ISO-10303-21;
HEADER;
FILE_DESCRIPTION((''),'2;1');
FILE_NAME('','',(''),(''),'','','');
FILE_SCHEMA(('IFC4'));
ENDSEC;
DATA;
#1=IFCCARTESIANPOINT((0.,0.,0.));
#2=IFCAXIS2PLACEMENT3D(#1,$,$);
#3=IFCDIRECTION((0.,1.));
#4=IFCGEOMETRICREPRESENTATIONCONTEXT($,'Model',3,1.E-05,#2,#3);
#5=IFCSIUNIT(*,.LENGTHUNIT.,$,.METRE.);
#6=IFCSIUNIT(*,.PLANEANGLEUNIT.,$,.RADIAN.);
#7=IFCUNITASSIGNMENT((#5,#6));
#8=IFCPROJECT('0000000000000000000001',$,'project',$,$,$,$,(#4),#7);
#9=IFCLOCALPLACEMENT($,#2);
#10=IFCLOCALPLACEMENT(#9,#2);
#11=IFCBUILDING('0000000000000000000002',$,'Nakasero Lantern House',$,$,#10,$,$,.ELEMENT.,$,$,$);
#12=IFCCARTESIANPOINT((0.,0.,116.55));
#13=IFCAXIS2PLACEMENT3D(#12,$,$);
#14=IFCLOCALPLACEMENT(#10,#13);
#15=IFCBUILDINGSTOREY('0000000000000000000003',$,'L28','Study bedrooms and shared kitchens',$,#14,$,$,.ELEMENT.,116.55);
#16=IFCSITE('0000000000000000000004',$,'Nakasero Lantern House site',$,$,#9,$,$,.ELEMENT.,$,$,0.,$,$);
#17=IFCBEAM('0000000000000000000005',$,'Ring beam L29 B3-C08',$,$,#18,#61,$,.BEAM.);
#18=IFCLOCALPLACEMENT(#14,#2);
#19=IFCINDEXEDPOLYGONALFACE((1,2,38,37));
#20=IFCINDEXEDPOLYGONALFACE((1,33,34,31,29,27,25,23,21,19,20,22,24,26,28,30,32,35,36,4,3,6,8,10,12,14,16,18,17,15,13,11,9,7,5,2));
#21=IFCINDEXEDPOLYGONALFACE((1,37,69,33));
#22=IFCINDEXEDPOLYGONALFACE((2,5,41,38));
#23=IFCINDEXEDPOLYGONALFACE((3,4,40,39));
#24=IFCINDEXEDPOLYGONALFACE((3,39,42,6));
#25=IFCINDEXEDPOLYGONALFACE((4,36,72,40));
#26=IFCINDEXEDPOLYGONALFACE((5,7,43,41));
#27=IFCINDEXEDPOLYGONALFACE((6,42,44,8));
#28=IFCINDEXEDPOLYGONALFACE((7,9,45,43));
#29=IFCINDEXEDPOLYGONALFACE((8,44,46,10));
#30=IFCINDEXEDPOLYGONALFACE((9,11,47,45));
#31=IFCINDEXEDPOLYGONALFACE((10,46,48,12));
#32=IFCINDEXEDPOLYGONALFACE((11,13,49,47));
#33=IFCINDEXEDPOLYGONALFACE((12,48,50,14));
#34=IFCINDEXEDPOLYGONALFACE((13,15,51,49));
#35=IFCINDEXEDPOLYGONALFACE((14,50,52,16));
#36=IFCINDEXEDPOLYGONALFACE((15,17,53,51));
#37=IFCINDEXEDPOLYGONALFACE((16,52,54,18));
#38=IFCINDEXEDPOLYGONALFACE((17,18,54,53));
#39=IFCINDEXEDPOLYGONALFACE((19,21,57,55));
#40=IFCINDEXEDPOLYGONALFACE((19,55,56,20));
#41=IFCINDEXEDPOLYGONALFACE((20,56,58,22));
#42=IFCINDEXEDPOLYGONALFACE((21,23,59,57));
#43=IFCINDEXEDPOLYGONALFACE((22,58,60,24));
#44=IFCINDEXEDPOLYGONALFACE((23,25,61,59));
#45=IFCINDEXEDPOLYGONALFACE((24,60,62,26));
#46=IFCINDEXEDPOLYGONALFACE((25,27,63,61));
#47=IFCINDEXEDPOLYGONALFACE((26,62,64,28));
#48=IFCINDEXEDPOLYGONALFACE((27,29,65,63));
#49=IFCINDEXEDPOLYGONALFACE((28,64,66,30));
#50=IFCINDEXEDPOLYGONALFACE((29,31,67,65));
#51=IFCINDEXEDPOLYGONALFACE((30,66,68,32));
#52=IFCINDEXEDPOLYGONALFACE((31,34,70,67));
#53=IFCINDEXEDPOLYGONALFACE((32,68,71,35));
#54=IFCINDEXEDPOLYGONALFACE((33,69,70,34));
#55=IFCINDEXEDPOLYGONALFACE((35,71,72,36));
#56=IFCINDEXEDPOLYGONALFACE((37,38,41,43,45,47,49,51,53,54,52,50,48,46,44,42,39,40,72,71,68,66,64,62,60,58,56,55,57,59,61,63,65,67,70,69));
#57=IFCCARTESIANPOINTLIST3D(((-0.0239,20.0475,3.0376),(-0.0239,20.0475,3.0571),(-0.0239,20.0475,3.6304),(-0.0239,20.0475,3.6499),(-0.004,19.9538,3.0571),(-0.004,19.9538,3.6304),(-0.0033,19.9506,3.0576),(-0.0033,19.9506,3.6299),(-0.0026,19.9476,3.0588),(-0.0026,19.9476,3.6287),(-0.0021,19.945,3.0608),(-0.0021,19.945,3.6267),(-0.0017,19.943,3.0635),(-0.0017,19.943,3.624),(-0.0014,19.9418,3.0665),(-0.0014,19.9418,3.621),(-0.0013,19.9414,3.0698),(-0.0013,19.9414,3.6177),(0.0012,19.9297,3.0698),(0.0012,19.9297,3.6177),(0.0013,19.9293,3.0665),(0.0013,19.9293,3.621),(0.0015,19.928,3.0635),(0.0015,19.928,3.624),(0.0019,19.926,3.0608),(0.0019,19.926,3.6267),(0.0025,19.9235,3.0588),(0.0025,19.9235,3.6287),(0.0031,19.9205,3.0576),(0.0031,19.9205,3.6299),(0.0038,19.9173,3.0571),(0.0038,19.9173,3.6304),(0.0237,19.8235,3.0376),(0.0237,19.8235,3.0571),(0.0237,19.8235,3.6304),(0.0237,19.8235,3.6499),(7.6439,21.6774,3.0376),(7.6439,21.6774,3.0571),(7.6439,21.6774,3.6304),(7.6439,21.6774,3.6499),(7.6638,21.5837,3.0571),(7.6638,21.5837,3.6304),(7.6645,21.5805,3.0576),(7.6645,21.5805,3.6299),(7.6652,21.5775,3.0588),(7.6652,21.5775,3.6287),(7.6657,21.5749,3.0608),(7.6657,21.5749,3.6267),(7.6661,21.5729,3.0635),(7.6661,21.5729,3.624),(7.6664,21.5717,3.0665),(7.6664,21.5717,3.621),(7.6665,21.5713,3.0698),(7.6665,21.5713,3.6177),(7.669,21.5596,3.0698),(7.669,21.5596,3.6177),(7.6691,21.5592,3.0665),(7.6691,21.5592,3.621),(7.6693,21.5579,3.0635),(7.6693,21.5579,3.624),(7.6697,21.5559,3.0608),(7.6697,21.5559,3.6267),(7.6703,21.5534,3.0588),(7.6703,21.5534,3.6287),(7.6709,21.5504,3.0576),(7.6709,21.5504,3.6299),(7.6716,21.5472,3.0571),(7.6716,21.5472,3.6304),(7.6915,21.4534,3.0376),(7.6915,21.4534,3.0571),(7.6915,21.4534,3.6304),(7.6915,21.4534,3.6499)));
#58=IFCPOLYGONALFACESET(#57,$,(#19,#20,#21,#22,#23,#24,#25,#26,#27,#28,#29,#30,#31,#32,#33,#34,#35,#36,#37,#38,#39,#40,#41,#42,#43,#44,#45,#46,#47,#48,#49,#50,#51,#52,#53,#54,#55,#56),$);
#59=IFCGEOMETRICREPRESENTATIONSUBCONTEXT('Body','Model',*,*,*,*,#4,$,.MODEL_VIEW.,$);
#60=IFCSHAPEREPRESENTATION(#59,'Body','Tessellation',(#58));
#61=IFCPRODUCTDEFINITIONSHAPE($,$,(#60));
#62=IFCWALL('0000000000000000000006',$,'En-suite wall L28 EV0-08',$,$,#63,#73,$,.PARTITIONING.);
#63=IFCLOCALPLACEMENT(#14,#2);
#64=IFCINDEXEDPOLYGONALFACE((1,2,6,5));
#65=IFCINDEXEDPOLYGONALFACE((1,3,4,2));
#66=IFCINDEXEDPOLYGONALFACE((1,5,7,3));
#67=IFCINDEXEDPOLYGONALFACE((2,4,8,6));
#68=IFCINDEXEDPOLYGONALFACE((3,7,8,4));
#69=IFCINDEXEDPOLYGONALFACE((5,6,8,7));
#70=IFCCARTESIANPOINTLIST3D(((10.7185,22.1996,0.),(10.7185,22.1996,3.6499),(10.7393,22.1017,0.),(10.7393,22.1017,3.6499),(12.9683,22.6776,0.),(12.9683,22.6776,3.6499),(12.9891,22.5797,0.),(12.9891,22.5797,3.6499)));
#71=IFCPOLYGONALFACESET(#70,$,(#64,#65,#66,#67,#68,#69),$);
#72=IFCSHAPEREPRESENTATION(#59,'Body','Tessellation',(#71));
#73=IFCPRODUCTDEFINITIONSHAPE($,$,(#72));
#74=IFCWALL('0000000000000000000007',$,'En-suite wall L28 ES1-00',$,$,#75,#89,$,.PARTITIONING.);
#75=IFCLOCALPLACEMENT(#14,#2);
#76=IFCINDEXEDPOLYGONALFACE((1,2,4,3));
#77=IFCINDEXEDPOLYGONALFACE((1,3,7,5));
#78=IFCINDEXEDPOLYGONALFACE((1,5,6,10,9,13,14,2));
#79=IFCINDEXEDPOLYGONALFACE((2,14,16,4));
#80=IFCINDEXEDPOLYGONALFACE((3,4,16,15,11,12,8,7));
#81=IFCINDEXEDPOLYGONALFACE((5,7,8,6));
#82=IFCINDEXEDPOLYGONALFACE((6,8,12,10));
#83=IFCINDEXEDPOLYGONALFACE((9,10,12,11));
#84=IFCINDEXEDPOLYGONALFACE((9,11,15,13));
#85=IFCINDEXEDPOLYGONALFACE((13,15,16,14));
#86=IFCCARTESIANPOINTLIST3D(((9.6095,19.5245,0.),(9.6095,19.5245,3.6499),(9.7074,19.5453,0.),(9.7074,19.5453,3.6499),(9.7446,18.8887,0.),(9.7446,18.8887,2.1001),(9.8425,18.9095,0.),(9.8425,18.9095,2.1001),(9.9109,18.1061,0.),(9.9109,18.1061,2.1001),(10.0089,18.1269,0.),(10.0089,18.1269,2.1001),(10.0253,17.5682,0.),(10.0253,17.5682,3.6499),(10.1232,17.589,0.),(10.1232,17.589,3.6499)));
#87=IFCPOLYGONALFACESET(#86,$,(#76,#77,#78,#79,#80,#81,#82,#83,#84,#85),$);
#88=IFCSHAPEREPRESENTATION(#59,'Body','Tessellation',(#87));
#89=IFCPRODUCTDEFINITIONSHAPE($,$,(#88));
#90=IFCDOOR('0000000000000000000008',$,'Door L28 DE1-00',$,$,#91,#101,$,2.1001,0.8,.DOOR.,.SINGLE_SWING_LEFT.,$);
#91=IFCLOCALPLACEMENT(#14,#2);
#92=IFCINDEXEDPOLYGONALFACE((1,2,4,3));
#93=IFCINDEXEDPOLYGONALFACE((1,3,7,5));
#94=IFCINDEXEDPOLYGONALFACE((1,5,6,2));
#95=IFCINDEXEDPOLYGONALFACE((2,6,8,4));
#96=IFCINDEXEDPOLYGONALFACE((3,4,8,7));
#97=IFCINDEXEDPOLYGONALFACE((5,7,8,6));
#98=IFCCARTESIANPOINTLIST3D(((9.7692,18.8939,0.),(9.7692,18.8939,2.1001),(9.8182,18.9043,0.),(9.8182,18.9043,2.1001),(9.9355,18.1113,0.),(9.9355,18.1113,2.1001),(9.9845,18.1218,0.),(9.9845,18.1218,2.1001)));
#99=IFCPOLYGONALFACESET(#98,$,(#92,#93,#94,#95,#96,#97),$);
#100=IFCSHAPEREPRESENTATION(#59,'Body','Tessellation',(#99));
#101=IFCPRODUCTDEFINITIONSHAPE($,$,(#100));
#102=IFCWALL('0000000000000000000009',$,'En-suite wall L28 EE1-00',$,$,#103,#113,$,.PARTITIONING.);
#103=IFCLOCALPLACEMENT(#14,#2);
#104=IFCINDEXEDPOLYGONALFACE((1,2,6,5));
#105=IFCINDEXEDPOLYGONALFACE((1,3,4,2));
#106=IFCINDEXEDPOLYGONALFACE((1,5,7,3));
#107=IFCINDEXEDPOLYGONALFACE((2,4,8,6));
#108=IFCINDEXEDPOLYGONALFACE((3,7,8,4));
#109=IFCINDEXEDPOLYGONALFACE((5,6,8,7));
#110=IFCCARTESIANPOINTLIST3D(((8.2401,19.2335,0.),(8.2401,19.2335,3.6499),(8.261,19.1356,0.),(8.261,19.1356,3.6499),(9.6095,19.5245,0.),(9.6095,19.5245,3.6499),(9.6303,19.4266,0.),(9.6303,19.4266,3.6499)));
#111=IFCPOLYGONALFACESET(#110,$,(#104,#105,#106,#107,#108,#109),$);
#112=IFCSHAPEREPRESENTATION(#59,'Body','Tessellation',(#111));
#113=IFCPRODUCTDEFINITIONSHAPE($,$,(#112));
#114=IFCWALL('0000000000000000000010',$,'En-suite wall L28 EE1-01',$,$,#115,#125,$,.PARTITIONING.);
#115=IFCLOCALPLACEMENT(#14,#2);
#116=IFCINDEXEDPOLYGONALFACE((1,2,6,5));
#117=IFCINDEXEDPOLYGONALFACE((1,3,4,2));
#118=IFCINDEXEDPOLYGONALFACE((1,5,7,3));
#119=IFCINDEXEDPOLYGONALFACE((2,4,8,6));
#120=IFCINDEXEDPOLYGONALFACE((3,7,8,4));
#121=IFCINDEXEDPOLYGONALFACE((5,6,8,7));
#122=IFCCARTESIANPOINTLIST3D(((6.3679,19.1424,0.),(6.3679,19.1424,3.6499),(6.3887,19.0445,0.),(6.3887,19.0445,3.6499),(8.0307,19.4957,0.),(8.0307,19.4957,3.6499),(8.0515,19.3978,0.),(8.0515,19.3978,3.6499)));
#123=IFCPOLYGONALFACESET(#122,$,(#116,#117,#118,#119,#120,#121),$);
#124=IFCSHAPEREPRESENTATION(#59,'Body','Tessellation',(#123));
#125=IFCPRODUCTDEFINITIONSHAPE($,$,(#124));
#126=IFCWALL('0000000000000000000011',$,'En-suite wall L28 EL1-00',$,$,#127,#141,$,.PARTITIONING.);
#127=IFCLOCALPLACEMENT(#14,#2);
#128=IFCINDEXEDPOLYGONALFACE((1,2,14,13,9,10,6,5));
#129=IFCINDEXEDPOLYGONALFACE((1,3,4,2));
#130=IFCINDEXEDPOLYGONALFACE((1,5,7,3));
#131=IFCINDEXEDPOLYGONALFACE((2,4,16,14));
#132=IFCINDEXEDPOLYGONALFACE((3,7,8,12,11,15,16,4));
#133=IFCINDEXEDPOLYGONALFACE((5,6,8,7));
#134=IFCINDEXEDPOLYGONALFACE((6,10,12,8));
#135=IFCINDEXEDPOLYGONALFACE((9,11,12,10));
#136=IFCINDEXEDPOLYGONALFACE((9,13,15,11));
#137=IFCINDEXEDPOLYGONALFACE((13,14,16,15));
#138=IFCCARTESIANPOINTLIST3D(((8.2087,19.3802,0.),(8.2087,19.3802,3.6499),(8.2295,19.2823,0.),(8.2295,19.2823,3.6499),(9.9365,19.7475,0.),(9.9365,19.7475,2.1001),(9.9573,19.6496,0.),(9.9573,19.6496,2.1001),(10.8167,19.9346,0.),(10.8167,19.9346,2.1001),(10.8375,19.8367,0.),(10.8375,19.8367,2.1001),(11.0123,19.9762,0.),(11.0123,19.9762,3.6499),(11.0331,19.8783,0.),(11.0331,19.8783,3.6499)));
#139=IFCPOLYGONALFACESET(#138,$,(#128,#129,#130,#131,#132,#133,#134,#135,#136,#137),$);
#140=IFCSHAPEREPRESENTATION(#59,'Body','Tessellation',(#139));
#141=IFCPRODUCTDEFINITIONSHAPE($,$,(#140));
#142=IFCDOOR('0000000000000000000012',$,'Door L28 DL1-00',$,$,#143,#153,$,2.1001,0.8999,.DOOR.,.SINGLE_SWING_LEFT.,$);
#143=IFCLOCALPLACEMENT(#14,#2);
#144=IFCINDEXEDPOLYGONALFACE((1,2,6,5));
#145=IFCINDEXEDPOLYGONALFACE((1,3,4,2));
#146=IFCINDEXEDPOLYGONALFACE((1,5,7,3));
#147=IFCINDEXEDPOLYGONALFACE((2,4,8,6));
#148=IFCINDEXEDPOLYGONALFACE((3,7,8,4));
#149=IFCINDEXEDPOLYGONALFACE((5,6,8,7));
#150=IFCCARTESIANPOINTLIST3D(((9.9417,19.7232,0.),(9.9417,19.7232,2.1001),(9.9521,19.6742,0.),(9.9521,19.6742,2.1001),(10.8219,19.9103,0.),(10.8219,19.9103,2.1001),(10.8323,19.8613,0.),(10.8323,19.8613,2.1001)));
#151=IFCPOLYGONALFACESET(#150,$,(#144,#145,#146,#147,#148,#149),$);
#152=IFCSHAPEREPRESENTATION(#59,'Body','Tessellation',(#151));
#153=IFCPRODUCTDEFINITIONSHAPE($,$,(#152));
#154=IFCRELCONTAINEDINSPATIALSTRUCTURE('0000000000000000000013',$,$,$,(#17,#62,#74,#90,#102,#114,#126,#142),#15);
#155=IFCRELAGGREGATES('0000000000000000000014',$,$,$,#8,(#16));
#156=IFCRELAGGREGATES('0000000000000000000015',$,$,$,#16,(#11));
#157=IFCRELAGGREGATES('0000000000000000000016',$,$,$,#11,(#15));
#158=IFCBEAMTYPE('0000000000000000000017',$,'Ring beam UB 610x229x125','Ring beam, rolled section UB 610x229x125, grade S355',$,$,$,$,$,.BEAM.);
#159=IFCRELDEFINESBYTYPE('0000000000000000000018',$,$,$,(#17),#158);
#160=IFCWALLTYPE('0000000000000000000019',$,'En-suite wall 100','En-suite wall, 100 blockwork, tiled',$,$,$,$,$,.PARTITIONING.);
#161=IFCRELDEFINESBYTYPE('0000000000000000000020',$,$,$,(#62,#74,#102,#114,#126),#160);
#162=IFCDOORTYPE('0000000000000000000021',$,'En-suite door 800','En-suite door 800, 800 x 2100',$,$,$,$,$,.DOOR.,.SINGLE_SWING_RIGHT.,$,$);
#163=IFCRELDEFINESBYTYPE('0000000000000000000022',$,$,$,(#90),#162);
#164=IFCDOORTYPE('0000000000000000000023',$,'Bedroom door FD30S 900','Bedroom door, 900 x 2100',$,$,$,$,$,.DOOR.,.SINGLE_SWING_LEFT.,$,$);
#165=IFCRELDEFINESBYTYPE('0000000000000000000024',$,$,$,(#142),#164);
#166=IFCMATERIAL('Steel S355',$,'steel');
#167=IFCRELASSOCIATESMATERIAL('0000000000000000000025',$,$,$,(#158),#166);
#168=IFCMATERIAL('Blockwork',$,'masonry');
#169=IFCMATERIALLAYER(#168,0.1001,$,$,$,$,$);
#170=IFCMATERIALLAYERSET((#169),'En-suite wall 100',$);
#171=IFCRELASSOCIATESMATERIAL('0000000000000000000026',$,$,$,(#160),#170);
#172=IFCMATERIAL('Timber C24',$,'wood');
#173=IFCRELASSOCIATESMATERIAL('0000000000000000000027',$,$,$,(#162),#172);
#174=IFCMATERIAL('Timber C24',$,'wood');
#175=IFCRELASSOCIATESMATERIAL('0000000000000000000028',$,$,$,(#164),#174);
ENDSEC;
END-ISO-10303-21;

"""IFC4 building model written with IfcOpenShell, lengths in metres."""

from ifc_helpers import new_model, si_unit, direction, frame, frame_2d, origin, origin_2d, place, context, subcontext, project, spatial, rectangle, i_section, extrude, material, layer, layer_set, material_profile, profile_set, type_object, element, fill, save


model = new_model("IFC4")

# Units and contexts
model_context = context("Model", 3, precision=1e-05, world=origin(), true_north=direction((0.0, 1.0)))
body_context = subcontext(model_context, "Body", "Model", "MODEL_VIEW")
ifc_project = project(units=[si_unit("LENGTHUNIT", "METRE"), si_unit("PLANEANGLEUNIT", "RADIAN")], contexts=[model_context])

# Site, building, storey
site_placement = place(None, origin())
site = spatial("IfcSite", under=ifc_project, at=site_placement, Name="Nakasero Lantern House site", CompositionType="ELEMENT", RefElevation=0.0)
building_placement = place(site_placement, origin())
building = spatial("IfcBuilding", under=site, at=building_placement, Name="Nakasero Lantern House", CompositionType="ELEMENT")
storey_placement = place(building_placement, frame((0.0, 0.0, 116.55)))
storey = spatial("IfcBuildingStorey", under=building, at=storey_placement, Name="L28", Description="Study bedrooms and shared kitchens", CompositionType="ELEMENT", Elevation=116.55)

# Beam
ifc_material_1 = material(Name="Steel S355", Category="steel")
ifc_material_profile_1 = material_profile(ifc_material_1, i_section(OverallWidth=0.229, OverallDepth=0.6123, WebThickness=0.012, FlangeThickness=0.0195, FilletRadius=0.0127, at=origin_2d()), Name="UB 610x229x125")
ifc_profile_set_1 = profile_set([ifc_material_profile_1], Name="Steel S355")
beam_type_1 = type_object("IfcBeamType", Name="Ring beam UB 610x229x125", Description="Ring beam, rolled section UB 610x229x125, grade S355", PredefinedType="BEAM", material=ifc_profile_set_1)
beam_1_placement = place(storey_placement, frame((7.6677, 21.5654, 3.3438), z_axis=(-0.978146, -0.207919, 0.0), x_axis=(0.207919, -0.978146, 0.0)))
element("IfcBeam", 1, at=beam_1_placement, inside=storey, type_object=beam_type_1, Name="Ring beam L29 B3-C08", PredefinedType="BEAM", context=body_context, shape_type="SweptSolid", body=[
    extrude(i_section(OverallWidth=0.229, OverallDepth=0.6123, WebThickness=0.012, FlangeThickness=0.0195, FilletRadius=0.0127, at=origin_2d()), origin(), (0.0, 0.0, 1.0), 7.8391),
])

# Wall
ifc_material_2 = material(Name="Blockwork", Category="masonry")
ifc_layer_1 = layer(ifc_material_2, 0.1001)
ifc_layer_set_1 = layer_set([ifc_layer_1], Name="En-suite wall 100")
wall_type_1 = type_object("IfcWallType", Name="En-suite wall 100", Description="En-suite wall, 100 blockwork, tiled", PredefinedType="PARTITIONING", material=ifc_layer_set_1)
wall_1_placement = place(storey_placement, frame((10.729, 22.1506, 0.0), z_axis=(0.0, 0.0, 1.0), x_axis=(0.978163, 0.20784, 0.0)))
element("IfcWall", 2, at=wall_1_placement, inside=storey, type_object=wall_type_1, Name="En-suite wall L28 EV0-08", PredefinedType="PARTITIONING", context=body_context, shape_type="SweptSolid", body=[
    extrude(rectangle(XDim=2.3, YDim=0.1001, at=frame_2d((1.1499, 0.0))), origin(), (0.0, 0.0, 1.0), 3.6499),
])

# Wall, opening, door
wall_2_placement = place(storey_placement, frame((10.0742, 17.5786, 0.0), z_axis=(0.0, 0.0, 1.0), x_axis=(-0.207886, 0.978153, 0.0)))
wall_2 = element("IfcWall", 3, at=wall_2_placement, inside=storey, type_object=wall_type_1, Name="En-suite wall L28 ES1-00", PredefinedType="PARTITIONING", context=body_context, shape_type="SweptSolid", body=[
    extrude(rectangle(XDim=2.0, YDim=0.1001, at=frame_2d((1.0, 0.0))), origin(), (0.0, 0.0, 1.0), 3.6499),
])
opening_1_placement = place(wall_2_placement, frame((0.55, 0.0, 0.0)))
opening_1 = element("IfcOpeningElement", 4, at=opening_1_placement, cuts=wall_2, PredefinedType="OPENING", context=body_context, shape_type="SweptSolid", body=[
    extrude(rectangle(XDim=0.8, YDim=2.1001, at=frame_2d((0.3999, 1.05))), frame((0.0, 0.0701, 0.0), z_axis=(0.0, -1.0, 0.0), x_axis=(1.0, 0.0, 0.0)), (0.0, 0.0, 1.0), 0.1401),
])
ifc_material_3 = material(Name="Timber C24", Category="wood")
door_type_1 = type_object("IfcDoorType", Name="En-suite door 800", Description="En-suite door 800, 800 x 2100", OperationType="SINGLE_SWING_RIGHT", PredefinedType="DOOR", material=ifc_material_3)
door_1_placement = place(opening_1_placement, origin())
door_1 = element("IfcDoor", 5, at=door_1_placement, inside=storey, type_object=door_type_1, Name="Door L28 DE1-00", OperationType="SINGLE_SWING_LEFT", OverallHeight=2.1001, OverallWidth=0.8, PredefinedType="DOOR", context=body_context, shape_type="SweptSolid", body=[
    extrude(rectangle(XDim=0.8, YDim=2.1001, at=frame_2d((0.3999, 1.05))), frame((0.0, 0.0249, 0.0), z_axis=(0.0, -1.0, 0.0), x_axis=(1.0, 0.0, 0.0)), (0.0, 0.0, 1.0), 0.05),
])
fill(opening_1, door_1)

# Walls
wall_3_placement = place(storey_placement, frame((9.6199, 19.4756, 0.0), z_axis=(0.0, 0.0, 1.0), x_axis=(-0.978156, -0.207873, 0.0)))
element("IfcWall", 6, at=wall_3_placement, inside=storey, type_object=wall_type_1, Name="En-suite wall L28 EE1-00", PredefinedType="PARTITIONING", context=body_context, shape_type="SweptSolid", body=[
    extrude(rectangle(XDim=1.3999, YDim=0.1001, at=frame_2d((0.7, 0.0))), origin(), (0.0, 0.0, 1.0), 3.6499),
])
wall_4_placement = place(storey_placement, frame((8.0413, 19.4468, 0.0), z_axis=(0.0, 0.0, 1.0), x_axis=(-0.978169, -0.207812, 0.0)))
element("IfcWall", 7, at=wall_4_placement, inside=storey, type_object=wall_type_1, Name="En-suite wall L28 EE1-01", PredefinedType="PARTITIONING", context=body_context, shape_type="SweptSolid", body=[
    extrude(rectangle(XDim=1.7, YDim=0.1001, at=frame_2d((0.8501, 0.0))), origin(), (0.0, 0.0, 1.0), 3.6499),
])

# Wall, opening, door
wall_5_placement = place(storey_placement, frame((11.0227, 19.9272, 0.0), z_axis=(0.0, 0.0, 1.0), x_axis=(-0.978144, -0.207929, 0.0)))
wall_5 = element("IfcWall", 8, at=wall_5_placement, inside=storey, type_object=wall_type_1, Name="En-suite wall L28 EL1-00", PredefinedType="PARTITIONING", context=body_context, shape_type="SweptSolid", body=[
    extrude(rectangle(XDim=2.8662, YDim=0.1001, at=frame_2d((1.4331, 0.0))), origin(), (0.0, 0.0, 1.0), 3.6499),
])
opening_2_placement = place(wall_5_placement, frame((0.2, 0.0, 0.0)))
opening_2 = element("IfcOpeningElement", 9, at=opening_2_placement, cuts=wall_5, PredefinedType="OPENING", context=body_context, shape_type="SweptSolid", body=[
    extrude(rectangle(XDim=0.8999, YDim=2.1001, at=frame_2d((0.45, 1.05))), frame((0.0, 0.0701, 0.0), z_axis=(0.0, -1.0, 0.0), x_axis=(1.0, 0.0, 0.0)), (0.0, 0.0, 1.0), 0.1401),
])
ifc_material_4 = material(Name="Timber C24", Category="wood")
door_type_2 = type_object("IfcDoorType", Name="Bedroom door FD30S 900", Description="Bedroom door, 900 x 2100", OperationType="SINGLE_SWING_LEFT", PredefinedType="DOOR", material=ifc_material_4)
door_2_placement = place(opening_2_placement, origin())
door_2 = element("IfcDoor", 10, at=door_2_placement, inside=storey, type_object=door_type_2, Name="Door L28 DL1-00", OperationType="SINGLE_SWING_LEFT", OverallHeight=2.1001, OverallWidth=0.8999, PredefinedType="DOOR", context=body_context, shape_type="SweptSolid", body=[
    extrude(rectangle(XDim=0.8999, YDim=2.1001, at=frame_2d((0.45, 1.05))), frame((0.0, 0.0249, 0.0), z_axis=(0.0, -1.0, 0.0), x_axis=(1.0, 0.0, 0.0)), (0.0, 0.0, 1.0), 0.05),
])
fill(opening_2, door_2)

save(model, "model.ifc")
